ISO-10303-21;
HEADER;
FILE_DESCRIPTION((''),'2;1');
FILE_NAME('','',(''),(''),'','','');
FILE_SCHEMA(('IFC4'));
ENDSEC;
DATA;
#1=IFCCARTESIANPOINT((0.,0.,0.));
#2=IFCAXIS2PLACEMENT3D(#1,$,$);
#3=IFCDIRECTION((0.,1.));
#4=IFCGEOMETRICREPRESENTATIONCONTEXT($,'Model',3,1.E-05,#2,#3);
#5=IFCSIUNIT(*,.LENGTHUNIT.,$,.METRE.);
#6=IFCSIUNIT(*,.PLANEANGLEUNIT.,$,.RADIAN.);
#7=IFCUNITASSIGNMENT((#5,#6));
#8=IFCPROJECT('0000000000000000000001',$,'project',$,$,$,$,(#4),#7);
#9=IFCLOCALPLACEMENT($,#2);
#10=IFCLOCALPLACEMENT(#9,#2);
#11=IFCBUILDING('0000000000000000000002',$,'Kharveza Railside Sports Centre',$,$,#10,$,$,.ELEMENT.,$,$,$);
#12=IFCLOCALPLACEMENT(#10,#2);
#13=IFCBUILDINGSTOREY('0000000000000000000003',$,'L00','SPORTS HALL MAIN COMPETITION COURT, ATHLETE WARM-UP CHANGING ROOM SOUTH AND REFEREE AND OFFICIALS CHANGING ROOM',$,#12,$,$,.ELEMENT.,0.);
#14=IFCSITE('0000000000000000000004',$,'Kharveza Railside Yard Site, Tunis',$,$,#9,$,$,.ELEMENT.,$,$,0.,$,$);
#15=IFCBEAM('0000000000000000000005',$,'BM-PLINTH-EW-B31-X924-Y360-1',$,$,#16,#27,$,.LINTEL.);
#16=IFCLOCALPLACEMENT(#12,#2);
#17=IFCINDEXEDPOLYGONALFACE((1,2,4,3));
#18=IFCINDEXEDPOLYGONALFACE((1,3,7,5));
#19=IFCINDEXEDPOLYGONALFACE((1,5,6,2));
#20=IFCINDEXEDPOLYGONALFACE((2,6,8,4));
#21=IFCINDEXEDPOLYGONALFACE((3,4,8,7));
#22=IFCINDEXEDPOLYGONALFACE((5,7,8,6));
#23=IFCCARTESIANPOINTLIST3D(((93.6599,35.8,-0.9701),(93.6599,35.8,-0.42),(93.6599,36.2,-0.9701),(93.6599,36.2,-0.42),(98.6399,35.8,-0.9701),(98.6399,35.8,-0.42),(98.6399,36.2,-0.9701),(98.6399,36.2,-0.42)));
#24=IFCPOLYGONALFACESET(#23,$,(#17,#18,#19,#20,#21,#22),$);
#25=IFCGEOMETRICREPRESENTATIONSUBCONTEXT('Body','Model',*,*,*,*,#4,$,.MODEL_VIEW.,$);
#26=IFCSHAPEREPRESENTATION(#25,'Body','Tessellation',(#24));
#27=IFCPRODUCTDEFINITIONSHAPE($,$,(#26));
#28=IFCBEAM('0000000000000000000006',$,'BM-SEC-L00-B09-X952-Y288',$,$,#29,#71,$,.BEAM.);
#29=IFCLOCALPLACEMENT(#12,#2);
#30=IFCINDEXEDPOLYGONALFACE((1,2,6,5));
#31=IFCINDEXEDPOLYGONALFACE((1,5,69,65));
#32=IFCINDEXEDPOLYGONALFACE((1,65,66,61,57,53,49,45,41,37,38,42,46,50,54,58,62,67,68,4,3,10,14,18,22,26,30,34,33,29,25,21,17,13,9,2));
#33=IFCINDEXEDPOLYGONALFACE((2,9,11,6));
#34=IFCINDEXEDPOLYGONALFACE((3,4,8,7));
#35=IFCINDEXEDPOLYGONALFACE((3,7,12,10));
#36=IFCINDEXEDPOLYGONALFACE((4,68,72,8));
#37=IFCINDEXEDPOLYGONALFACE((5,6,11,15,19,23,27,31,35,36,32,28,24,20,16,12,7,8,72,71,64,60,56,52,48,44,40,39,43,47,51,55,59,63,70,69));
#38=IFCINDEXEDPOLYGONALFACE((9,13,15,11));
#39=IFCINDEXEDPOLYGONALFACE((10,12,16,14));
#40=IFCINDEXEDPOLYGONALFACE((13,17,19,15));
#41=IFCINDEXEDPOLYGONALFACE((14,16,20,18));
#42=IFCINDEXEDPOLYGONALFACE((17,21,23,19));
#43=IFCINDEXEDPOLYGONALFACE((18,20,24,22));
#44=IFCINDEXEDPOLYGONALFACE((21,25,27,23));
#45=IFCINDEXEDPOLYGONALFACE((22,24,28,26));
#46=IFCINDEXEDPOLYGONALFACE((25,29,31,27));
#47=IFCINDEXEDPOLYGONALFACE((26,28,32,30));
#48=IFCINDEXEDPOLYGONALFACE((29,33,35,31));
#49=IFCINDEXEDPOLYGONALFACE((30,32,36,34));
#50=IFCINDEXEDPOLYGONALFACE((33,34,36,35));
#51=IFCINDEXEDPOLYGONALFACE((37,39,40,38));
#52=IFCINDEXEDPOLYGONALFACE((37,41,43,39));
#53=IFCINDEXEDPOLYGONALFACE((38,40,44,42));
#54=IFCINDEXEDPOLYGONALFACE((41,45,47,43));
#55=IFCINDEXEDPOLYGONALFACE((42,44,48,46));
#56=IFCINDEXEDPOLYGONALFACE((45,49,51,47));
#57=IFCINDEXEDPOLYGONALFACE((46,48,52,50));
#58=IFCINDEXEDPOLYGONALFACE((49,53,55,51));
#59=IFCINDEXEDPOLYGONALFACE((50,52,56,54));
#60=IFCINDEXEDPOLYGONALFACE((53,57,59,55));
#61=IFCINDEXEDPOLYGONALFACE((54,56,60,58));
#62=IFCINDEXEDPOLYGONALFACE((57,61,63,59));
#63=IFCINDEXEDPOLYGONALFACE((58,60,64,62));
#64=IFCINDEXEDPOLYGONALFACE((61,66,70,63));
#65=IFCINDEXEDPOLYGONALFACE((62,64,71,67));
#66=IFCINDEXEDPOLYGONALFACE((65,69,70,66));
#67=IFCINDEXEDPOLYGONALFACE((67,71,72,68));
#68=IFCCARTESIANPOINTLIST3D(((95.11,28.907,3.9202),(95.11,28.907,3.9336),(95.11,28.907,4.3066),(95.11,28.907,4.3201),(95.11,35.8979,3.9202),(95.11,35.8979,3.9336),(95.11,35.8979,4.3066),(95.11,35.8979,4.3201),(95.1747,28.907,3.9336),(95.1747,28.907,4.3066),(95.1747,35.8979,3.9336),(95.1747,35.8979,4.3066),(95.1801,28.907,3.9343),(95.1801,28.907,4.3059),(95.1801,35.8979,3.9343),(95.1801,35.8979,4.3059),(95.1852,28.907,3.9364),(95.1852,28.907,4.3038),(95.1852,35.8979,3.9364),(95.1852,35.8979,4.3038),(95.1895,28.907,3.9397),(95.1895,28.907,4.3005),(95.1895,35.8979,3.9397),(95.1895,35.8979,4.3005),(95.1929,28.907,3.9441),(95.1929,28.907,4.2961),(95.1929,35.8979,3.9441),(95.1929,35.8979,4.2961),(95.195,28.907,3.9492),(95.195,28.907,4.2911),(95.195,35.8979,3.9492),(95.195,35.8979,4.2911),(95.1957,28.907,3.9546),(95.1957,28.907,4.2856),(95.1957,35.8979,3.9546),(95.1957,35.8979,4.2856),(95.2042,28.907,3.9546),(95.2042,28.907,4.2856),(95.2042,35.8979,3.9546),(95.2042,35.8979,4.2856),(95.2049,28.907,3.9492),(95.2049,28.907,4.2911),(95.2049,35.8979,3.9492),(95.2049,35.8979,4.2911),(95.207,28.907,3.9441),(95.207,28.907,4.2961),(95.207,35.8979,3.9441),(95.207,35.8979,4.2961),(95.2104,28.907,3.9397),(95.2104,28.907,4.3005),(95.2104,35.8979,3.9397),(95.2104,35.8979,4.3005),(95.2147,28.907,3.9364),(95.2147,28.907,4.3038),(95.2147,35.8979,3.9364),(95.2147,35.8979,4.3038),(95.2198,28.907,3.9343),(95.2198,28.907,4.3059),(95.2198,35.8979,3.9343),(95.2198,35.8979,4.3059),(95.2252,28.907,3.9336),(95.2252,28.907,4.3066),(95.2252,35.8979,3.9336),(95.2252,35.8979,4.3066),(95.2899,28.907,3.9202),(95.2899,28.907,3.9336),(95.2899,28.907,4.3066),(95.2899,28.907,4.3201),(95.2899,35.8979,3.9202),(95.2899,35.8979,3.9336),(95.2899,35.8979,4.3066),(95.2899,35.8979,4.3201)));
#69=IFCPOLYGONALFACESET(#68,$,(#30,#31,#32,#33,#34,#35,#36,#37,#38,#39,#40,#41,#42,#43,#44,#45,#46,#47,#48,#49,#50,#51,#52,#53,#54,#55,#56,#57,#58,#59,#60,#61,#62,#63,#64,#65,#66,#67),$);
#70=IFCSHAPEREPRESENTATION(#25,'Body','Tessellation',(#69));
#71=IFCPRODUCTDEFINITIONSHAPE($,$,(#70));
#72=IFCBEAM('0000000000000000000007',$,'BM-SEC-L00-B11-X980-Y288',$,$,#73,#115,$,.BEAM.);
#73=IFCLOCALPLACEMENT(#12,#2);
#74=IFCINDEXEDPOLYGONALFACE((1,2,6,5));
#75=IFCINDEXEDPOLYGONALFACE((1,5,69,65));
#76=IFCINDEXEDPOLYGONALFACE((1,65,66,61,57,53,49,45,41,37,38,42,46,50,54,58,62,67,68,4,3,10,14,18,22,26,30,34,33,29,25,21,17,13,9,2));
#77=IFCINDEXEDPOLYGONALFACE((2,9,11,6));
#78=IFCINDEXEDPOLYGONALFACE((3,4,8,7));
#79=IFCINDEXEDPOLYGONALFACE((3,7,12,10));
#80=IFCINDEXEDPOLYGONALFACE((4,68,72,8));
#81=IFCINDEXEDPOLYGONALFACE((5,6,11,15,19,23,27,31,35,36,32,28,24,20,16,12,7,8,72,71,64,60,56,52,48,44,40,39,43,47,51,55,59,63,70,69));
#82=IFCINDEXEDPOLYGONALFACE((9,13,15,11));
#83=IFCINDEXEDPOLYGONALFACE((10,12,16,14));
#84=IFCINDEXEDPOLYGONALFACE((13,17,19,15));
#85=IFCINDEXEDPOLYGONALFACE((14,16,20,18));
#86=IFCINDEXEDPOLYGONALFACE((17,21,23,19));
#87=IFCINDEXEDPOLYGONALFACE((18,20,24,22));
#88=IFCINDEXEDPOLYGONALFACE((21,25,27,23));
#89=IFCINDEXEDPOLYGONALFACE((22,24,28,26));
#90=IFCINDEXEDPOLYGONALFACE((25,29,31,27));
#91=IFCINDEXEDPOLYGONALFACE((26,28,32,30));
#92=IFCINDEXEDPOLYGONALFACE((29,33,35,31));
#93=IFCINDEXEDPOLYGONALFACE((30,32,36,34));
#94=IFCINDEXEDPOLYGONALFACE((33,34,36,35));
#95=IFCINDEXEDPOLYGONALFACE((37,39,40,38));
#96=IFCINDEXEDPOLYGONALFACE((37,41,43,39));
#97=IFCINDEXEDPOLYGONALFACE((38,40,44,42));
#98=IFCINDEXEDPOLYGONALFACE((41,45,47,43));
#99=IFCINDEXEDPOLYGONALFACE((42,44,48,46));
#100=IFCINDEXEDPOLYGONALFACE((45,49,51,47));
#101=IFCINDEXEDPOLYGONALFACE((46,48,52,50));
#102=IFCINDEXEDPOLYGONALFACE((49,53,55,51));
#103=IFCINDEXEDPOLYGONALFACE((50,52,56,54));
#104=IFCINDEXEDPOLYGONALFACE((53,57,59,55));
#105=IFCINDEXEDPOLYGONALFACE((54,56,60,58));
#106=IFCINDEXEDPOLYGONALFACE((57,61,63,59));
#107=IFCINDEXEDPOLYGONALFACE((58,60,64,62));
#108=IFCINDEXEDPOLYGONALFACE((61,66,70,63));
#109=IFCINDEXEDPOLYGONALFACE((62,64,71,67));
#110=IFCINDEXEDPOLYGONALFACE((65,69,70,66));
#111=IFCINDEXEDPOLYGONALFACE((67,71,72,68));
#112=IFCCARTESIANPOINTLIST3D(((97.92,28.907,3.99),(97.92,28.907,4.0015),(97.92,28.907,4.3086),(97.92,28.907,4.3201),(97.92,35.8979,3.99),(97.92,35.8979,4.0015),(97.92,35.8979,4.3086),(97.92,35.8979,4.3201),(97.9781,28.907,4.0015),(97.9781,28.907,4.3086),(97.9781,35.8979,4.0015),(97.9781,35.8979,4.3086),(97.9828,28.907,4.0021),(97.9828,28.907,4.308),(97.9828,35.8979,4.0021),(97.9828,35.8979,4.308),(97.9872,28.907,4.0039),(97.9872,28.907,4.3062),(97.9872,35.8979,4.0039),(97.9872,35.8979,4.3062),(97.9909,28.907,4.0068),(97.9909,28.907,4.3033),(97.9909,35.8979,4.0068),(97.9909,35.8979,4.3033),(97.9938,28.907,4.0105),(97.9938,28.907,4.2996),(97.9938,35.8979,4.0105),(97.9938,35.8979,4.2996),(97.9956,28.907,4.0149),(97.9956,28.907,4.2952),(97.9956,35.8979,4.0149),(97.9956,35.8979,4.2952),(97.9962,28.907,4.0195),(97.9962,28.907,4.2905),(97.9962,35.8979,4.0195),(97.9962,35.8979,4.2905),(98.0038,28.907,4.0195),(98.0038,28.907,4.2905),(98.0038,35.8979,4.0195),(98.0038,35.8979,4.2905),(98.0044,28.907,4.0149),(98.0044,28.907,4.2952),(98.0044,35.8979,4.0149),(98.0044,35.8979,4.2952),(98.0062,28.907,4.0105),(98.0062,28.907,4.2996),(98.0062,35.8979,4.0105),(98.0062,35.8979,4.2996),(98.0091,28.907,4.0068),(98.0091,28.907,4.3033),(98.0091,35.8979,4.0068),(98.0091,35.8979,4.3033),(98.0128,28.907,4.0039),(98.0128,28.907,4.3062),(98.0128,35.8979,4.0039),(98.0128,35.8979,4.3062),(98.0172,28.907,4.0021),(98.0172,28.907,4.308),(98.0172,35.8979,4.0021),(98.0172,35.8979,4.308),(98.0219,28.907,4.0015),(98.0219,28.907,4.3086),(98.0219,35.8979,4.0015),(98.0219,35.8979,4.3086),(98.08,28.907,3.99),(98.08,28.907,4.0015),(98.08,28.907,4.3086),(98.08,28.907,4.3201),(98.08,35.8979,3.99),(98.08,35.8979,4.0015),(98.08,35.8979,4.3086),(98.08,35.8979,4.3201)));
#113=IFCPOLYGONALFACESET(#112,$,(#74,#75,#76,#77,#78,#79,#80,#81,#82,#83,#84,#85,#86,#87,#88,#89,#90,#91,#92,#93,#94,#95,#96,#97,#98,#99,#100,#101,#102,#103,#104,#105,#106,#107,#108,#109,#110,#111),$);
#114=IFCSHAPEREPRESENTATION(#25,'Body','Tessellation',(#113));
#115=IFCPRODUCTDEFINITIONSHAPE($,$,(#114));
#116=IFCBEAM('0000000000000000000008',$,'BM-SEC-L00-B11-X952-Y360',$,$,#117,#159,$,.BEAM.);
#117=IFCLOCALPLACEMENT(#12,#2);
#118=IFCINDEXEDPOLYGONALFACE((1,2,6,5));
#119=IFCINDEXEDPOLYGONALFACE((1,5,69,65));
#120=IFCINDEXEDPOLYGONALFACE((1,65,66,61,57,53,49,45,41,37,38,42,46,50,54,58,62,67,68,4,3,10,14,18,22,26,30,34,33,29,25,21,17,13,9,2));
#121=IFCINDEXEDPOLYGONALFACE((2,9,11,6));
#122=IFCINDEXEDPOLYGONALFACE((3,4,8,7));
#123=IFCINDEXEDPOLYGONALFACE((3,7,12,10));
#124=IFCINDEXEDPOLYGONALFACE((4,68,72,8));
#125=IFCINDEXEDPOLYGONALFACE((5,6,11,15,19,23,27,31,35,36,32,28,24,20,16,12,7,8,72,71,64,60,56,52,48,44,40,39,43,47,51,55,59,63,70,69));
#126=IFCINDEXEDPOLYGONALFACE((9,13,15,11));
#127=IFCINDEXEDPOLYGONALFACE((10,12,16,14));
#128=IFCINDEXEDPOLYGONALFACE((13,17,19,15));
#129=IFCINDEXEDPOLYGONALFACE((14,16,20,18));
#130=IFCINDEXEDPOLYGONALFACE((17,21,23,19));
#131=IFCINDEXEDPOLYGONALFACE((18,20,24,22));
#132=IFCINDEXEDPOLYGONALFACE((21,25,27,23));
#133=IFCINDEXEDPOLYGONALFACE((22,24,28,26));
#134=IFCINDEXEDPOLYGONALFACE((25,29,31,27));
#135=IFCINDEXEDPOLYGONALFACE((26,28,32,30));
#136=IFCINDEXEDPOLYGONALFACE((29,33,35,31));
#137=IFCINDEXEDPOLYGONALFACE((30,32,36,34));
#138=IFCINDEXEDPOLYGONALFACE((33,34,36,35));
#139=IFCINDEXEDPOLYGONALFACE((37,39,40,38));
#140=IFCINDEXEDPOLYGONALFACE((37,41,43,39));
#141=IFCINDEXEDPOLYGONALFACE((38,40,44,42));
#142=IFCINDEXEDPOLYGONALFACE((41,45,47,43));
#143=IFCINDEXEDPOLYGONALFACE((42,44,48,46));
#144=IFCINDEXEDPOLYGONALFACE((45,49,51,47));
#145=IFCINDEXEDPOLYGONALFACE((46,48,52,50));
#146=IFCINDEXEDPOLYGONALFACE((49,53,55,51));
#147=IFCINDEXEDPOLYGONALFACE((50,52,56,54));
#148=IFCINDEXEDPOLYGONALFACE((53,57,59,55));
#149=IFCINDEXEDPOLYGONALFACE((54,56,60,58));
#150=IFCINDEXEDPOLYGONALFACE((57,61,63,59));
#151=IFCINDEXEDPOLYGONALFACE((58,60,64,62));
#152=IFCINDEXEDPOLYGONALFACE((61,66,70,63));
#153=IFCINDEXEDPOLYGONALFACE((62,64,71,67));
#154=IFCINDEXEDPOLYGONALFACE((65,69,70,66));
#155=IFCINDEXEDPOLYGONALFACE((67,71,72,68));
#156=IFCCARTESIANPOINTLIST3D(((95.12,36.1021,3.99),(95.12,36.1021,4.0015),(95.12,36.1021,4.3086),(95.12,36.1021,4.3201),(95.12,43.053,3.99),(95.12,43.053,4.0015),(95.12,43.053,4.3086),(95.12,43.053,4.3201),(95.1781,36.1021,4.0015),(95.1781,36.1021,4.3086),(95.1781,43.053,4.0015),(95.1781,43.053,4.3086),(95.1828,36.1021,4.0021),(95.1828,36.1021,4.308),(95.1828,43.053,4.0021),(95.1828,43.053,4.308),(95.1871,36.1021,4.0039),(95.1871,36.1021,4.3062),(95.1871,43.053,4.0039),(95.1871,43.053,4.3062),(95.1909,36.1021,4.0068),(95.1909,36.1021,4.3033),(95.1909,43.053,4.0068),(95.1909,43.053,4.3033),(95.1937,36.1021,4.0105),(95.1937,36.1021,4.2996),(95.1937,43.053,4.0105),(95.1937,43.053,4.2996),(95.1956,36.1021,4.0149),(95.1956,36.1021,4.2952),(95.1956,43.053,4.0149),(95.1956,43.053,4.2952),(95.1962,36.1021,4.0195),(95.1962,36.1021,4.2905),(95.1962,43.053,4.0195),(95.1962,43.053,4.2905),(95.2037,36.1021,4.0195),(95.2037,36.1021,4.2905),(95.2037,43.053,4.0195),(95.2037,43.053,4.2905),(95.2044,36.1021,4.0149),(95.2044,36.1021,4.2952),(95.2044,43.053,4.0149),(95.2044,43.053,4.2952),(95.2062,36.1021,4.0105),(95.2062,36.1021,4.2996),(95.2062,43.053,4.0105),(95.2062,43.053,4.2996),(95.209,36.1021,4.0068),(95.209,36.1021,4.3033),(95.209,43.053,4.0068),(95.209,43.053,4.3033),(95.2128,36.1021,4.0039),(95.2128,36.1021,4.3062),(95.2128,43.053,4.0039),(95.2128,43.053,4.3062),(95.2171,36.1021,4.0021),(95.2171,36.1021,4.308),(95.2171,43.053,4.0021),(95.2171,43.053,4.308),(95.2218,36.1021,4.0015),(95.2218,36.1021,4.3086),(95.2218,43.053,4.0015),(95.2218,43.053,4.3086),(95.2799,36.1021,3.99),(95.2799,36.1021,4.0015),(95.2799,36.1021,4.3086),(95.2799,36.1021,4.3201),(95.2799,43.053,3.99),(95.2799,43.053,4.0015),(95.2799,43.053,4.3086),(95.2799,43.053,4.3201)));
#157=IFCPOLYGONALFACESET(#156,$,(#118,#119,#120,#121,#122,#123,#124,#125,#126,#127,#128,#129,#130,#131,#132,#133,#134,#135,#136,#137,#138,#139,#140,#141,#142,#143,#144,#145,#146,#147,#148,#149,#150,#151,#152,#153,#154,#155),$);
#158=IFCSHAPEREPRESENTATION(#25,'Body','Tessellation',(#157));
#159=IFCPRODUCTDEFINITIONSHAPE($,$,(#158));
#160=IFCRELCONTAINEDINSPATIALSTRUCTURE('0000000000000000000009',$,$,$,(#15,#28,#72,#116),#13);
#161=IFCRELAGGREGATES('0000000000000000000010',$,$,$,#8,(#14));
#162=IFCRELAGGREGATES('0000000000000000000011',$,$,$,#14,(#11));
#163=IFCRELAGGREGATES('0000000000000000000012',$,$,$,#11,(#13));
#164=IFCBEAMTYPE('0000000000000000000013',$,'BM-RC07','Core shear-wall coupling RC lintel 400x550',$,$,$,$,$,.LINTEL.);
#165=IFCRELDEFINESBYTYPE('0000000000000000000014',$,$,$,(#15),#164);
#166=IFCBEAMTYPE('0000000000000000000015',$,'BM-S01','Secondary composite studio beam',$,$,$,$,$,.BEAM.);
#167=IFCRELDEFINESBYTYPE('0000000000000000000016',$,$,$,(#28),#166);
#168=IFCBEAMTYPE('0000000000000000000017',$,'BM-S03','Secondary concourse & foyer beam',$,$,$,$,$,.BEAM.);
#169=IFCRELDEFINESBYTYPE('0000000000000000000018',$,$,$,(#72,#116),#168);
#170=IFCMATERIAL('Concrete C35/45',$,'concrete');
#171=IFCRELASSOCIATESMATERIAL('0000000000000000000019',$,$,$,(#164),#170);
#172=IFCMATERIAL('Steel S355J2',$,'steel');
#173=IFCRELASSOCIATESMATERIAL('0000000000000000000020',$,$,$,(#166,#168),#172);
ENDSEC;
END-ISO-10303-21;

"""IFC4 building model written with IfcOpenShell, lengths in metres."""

from ifc_helpers import new_model, si_unit, direction, frame, origin, origin_2d, place, context, subcontext, project, spatial, rectangle, i_section, extrude, material, material_profile, profile_set, type_object, element, save


model = new_model("IFC4")

# Units and contexts
model_context = context("Model", 3, precision=1e-05, world=origin(), true_north=direction((0.0, 1.0)))
body_context = subcontext(model_context, "Body", "Model", "MODEL_VIEW")
ifc_project = project(units=[si_unit("LENGTHUNIT", "METRE"), si_unit("PLANEANGLEUNIT", "RADIAN")], contexts=[model_context])

# Site, building, storey
site_placement = place(None, origin())
site = spatial("IfcSite", under=ifc_project, at=site_placement, Name="Kharveza Railside Yard Site, Tunis", CompositionType="ELEMENT", RefElevation=0.0)
building_placement = place(site_placement, origin())
building = spatial("IfcBuilding", under=site, at=building_placement, Name="Kharveza Railside Sports Centre", CompositionType="ELEMENT")
storey_placement = place(building_placement, origin())
storey = spatial("IfcBuildingStorey", under=building, at=storey_placement, Name="L00", Description="SPORTS HALL MAIN COMPETITION COURT, ATHLETE WARM-UP CHANGING ROOM SOUTH AND REFEREE AND OFFICIALS CHANGING ROOM", CompositionType="ELEMENT", Elevation=0.0)

# Shared definitions
ifc_material_1 = material(Name="Concrete C35/45", Category="concrete")

# Shared definitions
ifc_material_2 = material(Name="Steel S355J2", Category="steel")

# Beams
ifc_material_profile_1 = material_profile(ifc_material_1, rectangle(XDim=0.3999, YDim=0.55, at=origin_2d()), Name="RCB 400x550")
ifc_profile_set_1 = profile_set([ifc_material_profile_1], Name="Concrete C35/45")
beam_type_1 = type_object("IfcBeamType", Name="BM-RC07", Description="Core shear-wall coupling RC lintel 400x550", PredefinedType="LINTEL", material=ifc_profile_set_1)
beam_1_placement = place(storey_placement, frame((93.6599, 36.0, -0.6951), z_axis=(1.0, 0.0, 0.0), x_axis=(0.0, 1.0, 0.0)))
element("IfcBeam", 1, at=beam_1_placement, inside=storey, type_object=beam_type_1, Name="BM-PLINTH-EW-B31-X924-Y360-1", PredefinedType="LINTEL", context=body_context, shape_type="SweptSolid", body=[
    extrude(rectangle(XDim=0.3999, YDim=0.55, at=origin_2d()), origin(), (0.0, 0.0, 1.0), 4.98),
])
ifc_material_profile_2 = material_profile(ifc_material_2, i_section(OverallWidth=0.1799, OverallDepth=0.3999, WebThickness=0.0085, FlangeThickness=0.0134, FilletRadius=0.021, at=origin_2d()), Name="IPE 400")
ifc_profile_set_2 = profile_set([ifc_material_profile_2], Name="Steel S355J2")
beam_type_2 = type_object("IfcBeamType", Name="BM-S01", Description="Secondary composite studio beam", PredefinedType="BEAM", material=ifc_profile_set_2)
beam_2_placement = place(storey_placement, frame((95.2, 28.907, 4.1201), z_axis=(0.0, 1.0, 0.0), x_axis=(-1.0, 0.0, 0.0)))
element("IfcBeam", 2, at=beam_2_placement, inside=storey, type_object=beam_type_2, Name="BM-SEC-L00-B09-X952-Y288", PredefinedType="BEAM", context=body_context, shape_type="SweptSolid", body=[
    extrude(i_section(OverallWidth=0.1799, OverallDepth=0.3999, WebThickness=0.0085, FlangeThickness=0.0134, FilletRadius=0.021, at=origin_2d()), origin(), (0.0, 0.0, 1.0), 6.991),
])
ifc_material_profile_3 = material_profile(ifc_material_2, i_section(OverallWidth=0.1599, OverallDepth=0.3301, WebThickness=0.0076, FlangeThickness=0.0115, FilletRadius=0.0181, at=origin_2d()), Name="IPE 330")
ifc_profile_set_3 = profile_set([ifc_material_profile_3], Name="Steel S355J2")
beam_type_3 = type_object("IfcBeamType", Name="BM-S03", Description="Secondary concourse & foyer beam", PredefinedType="BEAM", material=ifc_profile_set_3)
beam_3_placement = place(storey_placement, frame((98.0, 28.907, 4.155), z_axis=(0.0, 1.0, 0.0), x_axis=(-1.0, 0.0, 0.0)))
element("IfcBeam", 3, at=beam_3_placement, inside=storey, type_object=beam_type_3, Name="BM-SEC-L00-B11-X980-Y288", PredefinedType="BEAM", context=body_context, shape_type="SweptSolid", body=[
    extrude(i_section(OverallWidth=0.1599, OverallDepth=0.3301, WebThickness=0.0076, FlangeThickness=0.0115, FilletRadius=0.0181, at=origin_2d()), origin(), (0.0, 0.0, 1.0), 6.991),
])
beam_4_placement = place(storey_placement, frame((95.2, 36.1021, 4.155), z_axis=(0.0, 1.0, 0.0), x_axis=(-1.0, 0.0, 0.0)))
element("IfcBeam", 4, at=beam_4_placement, inside=storey, type_object=beam_type_3, Name="BM-SEC-L00-B11-X952-Y360", PredefinedType="BEAM", context=body_context, shape_type="SweptSolid", body=[
    extrude(i_section(OverallWidth=0.1599, OverallDepth=0.3301, WebThickness=0.0076, FlangeThickness=0.0115, FilletRadius=0.0181, at=origin_2d()), origin(), (0.0, 0.0, 1.0), 6.9509),
])

save(model, "model.ifc")
